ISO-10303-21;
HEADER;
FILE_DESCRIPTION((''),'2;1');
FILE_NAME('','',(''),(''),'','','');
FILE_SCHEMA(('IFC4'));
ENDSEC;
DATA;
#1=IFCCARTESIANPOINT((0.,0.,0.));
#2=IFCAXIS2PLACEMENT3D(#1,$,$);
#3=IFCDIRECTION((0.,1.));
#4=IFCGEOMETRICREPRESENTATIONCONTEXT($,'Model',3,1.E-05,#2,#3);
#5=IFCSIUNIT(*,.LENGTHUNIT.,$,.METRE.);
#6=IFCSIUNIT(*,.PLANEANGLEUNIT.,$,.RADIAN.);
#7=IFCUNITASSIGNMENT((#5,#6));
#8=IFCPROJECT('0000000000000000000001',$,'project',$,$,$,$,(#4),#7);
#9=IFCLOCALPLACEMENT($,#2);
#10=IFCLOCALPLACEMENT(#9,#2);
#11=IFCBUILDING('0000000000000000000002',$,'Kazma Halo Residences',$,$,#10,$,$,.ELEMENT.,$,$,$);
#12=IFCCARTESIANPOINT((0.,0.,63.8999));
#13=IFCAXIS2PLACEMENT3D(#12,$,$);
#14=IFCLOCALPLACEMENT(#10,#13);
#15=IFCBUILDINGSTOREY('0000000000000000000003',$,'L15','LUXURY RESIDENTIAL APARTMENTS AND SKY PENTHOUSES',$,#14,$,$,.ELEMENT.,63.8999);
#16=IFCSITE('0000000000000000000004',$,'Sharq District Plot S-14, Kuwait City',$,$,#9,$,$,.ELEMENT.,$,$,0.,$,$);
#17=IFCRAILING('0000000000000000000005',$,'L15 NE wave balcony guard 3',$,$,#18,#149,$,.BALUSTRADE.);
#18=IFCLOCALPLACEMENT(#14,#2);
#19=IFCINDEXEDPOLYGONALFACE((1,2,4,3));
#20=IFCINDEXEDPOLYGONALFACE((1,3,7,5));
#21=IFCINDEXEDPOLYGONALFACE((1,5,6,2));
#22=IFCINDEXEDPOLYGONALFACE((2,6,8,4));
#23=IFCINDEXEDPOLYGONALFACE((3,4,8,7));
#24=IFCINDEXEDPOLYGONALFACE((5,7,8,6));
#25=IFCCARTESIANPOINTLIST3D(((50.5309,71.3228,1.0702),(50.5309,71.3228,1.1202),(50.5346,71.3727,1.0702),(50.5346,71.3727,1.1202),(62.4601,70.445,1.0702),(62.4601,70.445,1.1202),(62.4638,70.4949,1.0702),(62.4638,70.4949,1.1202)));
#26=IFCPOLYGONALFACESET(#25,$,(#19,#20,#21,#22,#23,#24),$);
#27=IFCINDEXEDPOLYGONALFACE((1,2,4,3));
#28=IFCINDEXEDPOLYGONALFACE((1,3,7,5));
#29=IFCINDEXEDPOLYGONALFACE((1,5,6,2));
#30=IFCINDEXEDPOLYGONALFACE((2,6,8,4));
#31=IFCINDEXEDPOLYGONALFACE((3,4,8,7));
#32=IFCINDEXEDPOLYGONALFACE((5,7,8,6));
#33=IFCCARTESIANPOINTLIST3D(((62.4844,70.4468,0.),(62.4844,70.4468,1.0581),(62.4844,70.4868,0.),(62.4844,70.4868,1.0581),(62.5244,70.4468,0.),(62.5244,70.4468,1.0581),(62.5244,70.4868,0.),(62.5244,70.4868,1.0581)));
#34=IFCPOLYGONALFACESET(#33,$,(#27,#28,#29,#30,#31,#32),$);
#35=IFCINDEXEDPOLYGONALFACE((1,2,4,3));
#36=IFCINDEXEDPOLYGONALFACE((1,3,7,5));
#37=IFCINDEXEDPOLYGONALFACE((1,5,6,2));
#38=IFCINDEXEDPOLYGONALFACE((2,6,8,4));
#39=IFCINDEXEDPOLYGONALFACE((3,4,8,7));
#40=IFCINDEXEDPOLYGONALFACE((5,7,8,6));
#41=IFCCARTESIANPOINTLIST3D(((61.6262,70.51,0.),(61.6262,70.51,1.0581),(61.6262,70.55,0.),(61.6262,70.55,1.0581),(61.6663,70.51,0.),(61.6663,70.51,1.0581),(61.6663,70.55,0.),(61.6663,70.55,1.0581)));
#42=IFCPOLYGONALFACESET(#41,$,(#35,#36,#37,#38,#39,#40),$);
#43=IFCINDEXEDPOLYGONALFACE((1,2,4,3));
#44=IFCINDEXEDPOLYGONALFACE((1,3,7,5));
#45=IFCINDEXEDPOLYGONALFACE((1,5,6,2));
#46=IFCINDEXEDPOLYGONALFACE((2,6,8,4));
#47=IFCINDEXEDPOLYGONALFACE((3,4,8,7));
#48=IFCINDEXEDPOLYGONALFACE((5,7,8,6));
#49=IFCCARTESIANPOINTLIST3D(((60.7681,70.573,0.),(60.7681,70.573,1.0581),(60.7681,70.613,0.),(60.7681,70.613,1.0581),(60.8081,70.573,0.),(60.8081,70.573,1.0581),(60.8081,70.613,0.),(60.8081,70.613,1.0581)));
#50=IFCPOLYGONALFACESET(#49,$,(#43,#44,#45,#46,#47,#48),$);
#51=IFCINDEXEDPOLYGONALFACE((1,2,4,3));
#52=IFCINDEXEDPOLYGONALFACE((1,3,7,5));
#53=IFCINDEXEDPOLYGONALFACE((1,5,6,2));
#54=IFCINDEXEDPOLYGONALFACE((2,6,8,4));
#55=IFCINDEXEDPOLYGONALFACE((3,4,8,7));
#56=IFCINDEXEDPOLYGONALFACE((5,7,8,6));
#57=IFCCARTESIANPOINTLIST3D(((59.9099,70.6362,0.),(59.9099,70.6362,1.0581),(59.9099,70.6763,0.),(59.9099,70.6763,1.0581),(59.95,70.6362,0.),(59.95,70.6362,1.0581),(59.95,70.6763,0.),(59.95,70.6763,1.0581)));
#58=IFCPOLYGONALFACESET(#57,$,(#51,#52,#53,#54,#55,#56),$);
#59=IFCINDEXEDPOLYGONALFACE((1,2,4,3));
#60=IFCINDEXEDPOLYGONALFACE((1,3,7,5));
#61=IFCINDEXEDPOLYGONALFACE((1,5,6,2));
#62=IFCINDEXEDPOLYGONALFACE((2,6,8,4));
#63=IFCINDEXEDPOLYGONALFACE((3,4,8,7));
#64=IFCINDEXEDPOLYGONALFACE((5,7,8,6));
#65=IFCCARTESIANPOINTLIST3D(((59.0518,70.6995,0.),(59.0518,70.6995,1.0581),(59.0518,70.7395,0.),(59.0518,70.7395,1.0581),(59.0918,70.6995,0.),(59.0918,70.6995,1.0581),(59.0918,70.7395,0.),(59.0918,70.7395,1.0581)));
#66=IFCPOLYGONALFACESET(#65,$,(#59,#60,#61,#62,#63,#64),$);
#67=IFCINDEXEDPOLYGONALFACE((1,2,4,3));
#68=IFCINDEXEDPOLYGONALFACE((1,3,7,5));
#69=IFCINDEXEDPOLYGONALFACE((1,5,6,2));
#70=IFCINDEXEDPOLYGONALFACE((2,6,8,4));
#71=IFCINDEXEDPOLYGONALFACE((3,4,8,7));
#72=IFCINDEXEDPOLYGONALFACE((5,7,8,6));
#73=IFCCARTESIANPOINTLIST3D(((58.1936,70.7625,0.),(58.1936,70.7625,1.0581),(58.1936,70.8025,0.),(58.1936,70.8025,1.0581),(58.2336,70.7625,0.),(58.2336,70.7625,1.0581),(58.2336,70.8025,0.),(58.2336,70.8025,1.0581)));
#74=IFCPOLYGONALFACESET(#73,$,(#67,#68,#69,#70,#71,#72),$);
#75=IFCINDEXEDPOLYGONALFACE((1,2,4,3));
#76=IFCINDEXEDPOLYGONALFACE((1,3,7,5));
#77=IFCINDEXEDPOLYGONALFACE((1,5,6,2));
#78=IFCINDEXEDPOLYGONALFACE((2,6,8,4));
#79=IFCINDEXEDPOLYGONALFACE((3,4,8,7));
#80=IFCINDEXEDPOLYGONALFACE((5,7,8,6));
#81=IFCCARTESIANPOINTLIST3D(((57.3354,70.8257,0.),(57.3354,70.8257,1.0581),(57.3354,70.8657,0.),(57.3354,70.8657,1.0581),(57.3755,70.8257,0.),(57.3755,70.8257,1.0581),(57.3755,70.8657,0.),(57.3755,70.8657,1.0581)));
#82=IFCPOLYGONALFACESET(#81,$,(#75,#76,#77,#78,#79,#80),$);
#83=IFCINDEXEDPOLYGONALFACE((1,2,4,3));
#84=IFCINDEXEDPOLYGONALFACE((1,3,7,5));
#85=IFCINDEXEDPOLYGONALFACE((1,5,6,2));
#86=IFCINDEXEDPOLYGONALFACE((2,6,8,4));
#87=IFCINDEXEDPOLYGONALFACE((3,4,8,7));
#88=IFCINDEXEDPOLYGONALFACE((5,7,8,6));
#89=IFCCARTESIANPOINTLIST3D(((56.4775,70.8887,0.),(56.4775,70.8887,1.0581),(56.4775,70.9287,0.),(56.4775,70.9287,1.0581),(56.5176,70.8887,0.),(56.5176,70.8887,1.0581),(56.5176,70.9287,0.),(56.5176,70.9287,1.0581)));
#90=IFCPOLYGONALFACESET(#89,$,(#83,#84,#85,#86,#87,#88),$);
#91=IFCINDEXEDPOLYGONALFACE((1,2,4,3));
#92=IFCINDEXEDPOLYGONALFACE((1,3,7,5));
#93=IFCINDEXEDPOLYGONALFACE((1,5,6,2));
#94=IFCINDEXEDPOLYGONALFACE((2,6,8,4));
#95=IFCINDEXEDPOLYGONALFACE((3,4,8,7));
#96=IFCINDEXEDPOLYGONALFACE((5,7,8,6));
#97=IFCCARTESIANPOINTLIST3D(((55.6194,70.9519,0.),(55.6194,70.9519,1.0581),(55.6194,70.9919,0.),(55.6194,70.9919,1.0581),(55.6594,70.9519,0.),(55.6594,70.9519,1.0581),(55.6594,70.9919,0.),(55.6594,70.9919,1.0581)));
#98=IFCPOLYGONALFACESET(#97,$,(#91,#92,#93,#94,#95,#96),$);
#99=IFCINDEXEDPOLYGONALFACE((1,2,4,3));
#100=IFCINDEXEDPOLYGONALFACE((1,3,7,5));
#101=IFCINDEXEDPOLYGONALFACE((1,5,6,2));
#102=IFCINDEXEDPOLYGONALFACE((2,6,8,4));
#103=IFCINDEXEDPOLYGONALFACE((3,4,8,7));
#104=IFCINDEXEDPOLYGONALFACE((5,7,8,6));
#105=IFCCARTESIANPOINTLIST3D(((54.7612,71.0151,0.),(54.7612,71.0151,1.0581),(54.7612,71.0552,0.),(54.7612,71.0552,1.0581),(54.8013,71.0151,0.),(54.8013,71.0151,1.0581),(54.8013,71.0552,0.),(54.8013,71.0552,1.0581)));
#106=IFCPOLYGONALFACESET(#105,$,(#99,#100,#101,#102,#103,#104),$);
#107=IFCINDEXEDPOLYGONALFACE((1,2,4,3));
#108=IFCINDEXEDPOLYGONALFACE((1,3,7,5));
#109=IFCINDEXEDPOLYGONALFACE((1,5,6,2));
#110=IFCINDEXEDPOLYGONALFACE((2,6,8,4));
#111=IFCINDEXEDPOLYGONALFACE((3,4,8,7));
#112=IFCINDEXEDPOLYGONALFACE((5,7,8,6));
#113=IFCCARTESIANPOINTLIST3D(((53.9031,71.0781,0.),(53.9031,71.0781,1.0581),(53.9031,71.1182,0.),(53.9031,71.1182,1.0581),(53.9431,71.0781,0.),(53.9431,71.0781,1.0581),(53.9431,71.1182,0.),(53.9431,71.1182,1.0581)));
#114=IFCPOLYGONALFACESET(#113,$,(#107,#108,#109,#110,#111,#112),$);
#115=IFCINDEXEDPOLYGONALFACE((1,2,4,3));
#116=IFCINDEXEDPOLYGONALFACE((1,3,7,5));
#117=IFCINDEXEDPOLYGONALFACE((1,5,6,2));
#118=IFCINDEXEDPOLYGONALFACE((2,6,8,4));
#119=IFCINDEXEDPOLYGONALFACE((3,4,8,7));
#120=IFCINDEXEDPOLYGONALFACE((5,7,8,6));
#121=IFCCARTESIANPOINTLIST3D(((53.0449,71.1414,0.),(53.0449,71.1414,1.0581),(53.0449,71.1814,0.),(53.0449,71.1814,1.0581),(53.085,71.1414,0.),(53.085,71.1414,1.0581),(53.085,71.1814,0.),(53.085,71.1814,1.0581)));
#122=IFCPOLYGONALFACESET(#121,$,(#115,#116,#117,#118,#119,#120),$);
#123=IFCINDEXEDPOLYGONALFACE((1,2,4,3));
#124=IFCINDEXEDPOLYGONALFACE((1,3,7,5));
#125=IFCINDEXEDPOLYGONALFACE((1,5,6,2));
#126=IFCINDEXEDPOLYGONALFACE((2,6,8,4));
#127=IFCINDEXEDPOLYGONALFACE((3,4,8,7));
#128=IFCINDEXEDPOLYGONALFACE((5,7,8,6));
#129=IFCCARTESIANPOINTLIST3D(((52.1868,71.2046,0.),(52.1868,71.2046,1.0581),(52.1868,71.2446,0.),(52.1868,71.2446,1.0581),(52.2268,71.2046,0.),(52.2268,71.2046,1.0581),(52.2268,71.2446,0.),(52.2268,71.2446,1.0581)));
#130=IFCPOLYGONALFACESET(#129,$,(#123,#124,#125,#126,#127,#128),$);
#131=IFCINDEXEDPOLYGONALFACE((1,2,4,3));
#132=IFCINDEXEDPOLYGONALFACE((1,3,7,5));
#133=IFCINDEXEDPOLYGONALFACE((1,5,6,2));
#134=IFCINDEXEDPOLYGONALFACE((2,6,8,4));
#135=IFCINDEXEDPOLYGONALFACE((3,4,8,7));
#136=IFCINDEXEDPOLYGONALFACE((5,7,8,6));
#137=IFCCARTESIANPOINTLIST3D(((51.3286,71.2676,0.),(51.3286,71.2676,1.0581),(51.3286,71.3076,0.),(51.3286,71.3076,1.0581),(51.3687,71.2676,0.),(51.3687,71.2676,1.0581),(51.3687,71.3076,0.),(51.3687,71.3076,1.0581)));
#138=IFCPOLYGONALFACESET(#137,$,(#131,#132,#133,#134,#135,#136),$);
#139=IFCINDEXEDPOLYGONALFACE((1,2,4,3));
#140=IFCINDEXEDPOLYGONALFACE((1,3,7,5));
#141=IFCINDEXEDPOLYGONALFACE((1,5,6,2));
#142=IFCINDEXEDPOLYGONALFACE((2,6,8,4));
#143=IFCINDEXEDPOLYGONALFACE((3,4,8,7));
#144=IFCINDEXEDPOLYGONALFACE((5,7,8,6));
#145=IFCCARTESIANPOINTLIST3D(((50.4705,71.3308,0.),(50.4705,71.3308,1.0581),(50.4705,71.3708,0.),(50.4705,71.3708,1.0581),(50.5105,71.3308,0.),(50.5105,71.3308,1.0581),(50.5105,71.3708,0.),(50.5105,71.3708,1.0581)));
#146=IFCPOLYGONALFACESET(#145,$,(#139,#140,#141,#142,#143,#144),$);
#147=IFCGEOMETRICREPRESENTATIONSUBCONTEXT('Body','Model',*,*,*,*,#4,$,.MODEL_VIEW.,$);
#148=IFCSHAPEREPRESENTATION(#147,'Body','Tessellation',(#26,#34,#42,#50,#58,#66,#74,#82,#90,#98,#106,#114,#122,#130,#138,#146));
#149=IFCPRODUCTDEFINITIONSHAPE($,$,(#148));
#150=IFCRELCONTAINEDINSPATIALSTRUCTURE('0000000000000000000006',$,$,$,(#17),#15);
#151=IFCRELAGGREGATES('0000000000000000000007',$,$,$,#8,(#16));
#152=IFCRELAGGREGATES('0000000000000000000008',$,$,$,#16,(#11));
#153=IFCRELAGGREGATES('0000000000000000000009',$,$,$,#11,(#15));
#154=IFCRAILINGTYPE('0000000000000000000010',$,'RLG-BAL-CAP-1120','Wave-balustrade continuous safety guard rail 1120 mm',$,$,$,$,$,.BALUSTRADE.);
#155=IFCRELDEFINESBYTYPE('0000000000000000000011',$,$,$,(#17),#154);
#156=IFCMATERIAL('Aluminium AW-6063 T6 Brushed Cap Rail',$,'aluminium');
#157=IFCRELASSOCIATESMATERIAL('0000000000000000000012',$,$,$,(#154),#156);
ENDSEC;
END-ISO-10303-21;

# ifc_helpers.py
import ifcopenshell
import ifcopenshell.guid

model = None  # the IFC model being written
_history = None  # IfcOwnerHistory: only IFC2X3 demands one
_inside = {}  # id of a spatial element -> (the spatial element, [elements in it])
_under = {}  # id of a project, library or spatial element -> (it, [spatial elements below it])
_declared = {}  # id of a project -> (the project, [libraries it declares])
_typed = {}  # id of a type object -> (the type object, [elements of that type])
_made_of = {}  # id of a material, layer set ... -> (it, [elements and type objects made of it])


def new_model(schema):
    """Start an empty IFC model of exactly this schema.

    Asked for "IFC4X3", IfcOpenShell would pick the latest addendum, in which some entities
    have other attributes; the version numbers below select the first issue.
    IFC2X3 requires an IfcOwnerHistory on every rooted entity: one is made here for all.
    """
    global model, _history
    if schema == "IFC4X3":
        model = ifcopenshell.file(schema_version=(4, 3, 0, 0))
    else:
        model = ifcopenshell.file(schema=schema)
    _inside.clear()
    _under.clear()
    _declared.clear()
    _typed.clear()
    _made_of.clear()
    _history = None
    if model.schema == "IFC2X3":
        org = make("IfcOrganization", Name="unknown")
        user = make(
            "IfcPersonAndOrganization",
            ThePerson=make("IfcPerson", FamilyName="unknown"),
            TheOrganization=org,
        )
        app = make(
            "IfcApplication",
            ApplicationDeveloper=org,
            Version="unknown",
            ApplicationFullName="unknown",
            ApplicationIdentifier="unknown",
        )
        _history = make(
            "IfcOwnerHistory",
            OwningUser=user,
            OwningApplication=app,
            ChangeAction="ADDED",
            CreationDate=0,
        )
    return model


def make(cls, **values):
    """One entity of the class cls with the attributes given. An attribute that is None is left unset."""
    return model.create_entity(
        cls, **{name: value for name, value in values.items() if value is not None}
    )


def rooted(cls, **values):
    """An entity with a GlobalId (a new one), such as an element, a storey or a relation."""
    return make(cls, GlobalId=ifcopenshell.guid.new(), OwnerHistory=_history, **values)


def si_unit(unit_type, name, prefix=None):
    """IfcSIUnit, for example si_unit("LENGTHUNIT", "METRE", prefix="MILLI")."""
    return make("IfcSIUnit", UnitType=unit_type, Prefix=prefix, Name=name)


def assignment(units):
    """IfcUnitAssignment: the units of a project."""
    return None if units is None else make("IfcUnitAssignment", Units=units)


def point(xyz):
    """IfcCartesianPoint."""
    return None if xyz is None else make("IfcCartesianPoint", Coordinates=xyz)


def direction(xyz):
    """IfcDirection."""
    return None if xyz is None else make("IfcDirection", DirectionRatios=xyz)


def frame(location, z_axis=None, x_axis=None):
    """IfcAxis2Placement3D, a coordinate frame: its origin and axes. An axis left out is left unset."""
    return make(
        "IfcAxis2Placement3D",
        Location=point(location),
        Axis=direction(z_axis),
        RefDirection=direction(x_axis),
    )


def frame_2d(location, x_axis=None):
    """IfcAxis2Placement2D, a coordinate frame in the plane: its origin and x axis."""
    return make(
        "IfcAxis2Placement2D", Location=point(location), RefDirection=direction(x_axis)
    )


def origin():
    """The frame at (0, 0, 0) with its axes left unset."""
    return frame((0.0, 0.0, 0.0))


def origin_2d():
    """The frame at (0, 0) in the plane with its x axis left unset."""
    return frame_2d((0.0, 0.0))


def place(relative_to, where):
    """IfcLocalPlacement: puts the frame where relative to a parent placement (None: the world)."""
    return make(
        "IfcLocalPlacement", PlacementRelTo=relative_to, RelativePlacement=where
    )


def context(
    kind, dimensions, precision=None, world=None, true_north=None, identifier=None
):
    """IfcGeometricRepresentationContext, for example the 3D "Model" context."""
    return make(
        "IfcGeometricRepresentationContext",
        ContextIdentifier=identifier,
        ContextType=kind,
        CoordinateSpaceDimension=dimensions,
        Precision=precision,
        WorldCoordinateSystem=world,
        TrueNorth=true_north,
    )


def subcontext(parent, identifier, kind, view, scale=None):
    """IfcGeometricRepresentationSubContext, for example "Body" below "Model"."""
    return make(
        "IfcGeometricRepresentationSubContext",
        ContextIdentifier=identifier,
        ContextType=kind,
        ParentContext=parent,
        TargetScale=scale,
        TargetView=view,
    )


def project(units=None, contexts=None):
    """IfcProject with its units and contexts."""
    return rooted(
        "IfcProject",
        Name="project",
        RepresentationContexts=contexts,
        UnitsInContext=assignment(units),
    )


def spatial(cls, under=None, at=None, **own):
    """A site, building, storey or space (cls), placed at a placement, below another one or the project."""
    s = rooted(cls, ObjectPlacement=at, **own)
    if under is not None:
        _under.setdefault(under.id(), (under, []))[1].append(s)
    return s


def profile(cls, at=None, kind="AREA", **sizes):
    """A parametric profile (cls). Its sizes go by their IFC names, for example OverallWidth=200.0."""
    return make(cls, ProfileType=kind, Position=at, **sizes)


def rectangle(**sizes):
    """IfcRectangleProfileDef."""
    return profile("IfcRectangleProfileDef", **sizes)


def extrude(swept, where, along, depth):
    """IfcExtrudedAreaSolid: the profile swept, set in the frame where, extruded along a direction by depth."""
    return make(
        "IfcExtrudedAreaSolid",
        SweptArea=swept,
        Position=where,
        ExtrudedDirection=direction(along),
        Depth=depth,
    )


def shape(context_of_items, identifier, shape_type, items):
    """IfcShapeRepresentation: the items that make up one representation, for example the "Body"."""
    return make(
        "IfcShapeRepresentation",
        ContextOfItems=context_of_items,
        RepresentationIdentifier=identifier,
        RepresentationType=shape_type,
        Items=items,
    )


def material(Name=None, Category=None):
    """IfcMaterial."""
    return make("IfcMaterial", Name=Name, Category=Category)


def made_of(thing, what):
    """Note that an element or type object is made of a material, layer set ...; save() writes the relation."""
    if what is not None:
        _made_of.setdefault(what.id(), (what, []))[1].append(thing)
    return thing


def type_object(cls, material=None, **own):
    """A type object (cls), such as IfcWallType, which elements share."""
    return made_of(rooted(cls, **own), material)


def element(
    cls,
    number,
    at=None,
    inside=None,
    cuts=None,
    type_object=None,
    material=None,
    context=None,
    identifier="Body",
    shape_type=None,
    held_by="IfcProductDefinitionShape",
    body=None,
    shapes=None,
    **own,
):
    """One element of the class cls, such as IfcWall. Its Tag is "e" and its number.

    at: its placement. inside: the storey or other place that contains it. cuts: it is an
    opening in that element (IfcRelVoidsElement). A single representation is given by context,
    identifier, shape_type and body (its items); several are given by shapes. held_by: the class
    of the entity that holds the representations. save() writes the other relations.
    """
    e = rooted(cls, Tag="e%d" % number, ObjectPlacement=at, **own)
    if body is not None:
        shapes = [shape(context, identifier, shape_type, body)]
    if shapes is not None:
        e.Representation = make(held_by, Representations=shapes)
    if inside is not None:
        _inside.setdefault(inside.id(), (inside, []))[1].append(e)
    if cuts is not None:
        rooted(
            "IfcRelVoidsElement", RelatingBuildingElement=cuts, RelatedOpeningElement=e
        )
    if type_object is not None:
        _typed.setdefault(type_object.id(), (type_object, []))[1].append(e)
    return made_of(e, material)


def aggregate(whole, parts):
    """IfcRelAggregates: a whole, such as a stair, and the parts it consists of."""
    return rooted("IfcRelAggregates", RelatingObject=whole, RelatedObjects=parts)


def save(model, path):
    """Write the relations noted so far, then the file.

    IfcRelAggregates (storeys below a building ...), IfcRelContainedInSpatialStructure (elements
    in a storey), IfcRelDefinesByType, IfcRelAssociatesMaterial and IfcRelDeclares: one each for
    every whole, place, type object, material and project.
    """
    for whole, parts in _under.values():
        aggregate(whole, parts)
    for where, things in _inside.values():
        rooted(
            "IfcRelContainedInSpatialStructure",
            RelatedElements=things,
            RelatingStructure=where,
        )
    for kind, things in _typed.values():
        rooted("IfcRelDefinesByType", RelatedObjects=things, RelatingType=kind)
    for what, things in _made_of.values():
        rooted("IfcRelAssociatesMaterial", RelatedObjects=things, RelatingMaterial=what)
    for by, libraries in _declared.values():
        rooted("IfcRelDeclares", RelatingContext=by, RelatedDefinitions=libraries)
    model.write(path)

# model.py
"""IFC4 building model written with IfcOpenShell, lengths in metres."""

from ifc_helpers import new_model, si_unit, direction, frame, origin, origin_2d, place, context, subcontext, project, spatial, rectangle, extrude, material, type_object, element, save


model = new_model("IFC4")

# Units and contexts
model_context = context("Model", 3, precision=1e-05, world=origin(), true_north=direction((0.0, 1.0)))
body_context = subcontext(model_context, "Body", "Model", "MODEL_VIEW")
ifc_project = project(units=[si_unit("LENGTHUNIT", "METRE"), si_unit("PLANEANGLEUNIT", "RADIAN")], contexts=[model_context])

# Site, building, storey
site_placement = place(None, origin())
site = spatial("IfcSite", under=ifc_project, at=site_placement, Name="Sharq District Plot S-14, Kuwait City", CompositionType="ELEMENT", RefElevation=0.0)
building_placement = place(site_placement, origin())
building = spatial("IfcBuilding", under=site, at=building_placement, Name="Kazma Halo Residences", CompositionType="ELEMENT")
storey_placement = place(building_placement, frame((0.0, 0.0, 63.8999)))
storey = spatial("IfcBuildingStorey", under=building, at=storey_placement, Name="L15", Description="LUXURY RESIDENTIAL APARTMENTS AND SKY PENTHOUSES", CompositionType="ELEMENT", Elevation=63.8999)

# Railing
ifc_material_1 = material(Name="Aluminium AW-6063 T6 Brushed Cap Rail", Category="aluminium")
railing_type = type_object("IfcRailingType", Name="RLG-BAL-CAP-1120", Description="Wave-balustrade continuous safety guard rail 1120 mm", PredefinedType="BALUSTRADE", material=ifc_material_1)
railing_1_placement = place(storey_placement, frame((62.5044, 70.4668, 0.0)))
element("IfcRailing", 1, at=railing_1_placement, inside=storey, type_object=railing_type, Name="L15 NE wave balcony guard 3", PredefinedType="BALUSTRADE", context=body_context, shape_type="SweptSolid", body=[
    extrude(rectangle(XDim=0.05, YDim=0.05, at=origin_2d()), frame((-0.0425, 0.0032, 1.0952), z_axis=(-0.997304, 0.073386, 0.0), x_axis=(-0.073386, -0.997304, 0.0)), (0.0, 0.0, 1.0), 11.9614),
    extrude(rectangle(XDim=0.04, YDim=0.04, at=origin_2d()), origin(), (0.0, 0.0, 1.0), 1.0581),
    extrude(rectangle(XDim=0.04, YDim=0.04, at=origin_2d()), frame((-0.8582, 0.0632, 0.0)), (0.0, 0.0, 1.0), 1.0581),
    extrude(rectangle(XDim=0.04, YDim=0.04, at=origin_2d()), frame((-1.7163, 0.1262, 0.0)), (0.0, 0.0, 1.0), 1.0581),
    extrude(rectangle(XDim=0.04, YDim=0.04, at=origin_2d()), frame((-2.5745, 0.1895, 0.0)), (0.0, 0.0, 1.0), 1.0581),
    extrude(rectangle(XDim=0.04, YDim=0.04, at=origin_2d()), frame((-3.4326, 0.2527, 0.0)), (0.0, 0.0, 1.0), 1.0581),
    extrude(rectangle(XDim=0.04, YDim=0.04, at=origin_2d()), frame((-4.2908, 0.3157, 0.0)), (0.0, 0.0, 1.0), 1.0581),
    extrude(rectangle(XDim=0.04, YDim=0.04, at=origin_2d()), frame((-5.1489, 0.3789, 0.0)), (0.0, 0.0, 1.0), 1.0581),
    extrude(rectangle(XDim=0.04, YDim=0.04, at=origin_2d()), frame((-6.0068, 0.4419, 0.0)), (0.0, 0.0, 1.0), 1.0581),
    extrude(rectangle(XDim=0.04, YDim=0.04, at=origin_2d()), frame((-6.865, 0.5051, 0.0)), (0.0, 0.0, 1.0), 1.0581),
    extrude(rectangle(XDim=0.04, YDim=0.04, at=origin_2d()), frame((-7.7231, 0.5684, 0.0)), (0.0, 0.0, 1.0), 1.0581),
    extrude(rectangle(XDim=0.04, YDim=0.04, at=origin_2d()), frame((-8.5813, 0.6313, 0.0)), (0.0, 0.0, 1.0), 1.0581),
    extrude(rectangle(XDim=0.04, YDim=0.04, at=origin_2d()), frame((-9.4395, 0.6946, 0.0)), (0.0, 0.0, 1.0), 1.0581),
    extrude(rectangle(XDim=0.04, YDim=0.04, at=origin_2d()), frame((-10.2976, 0.7578, 0.0)), (0.0, 0.0, 1.0), 1.0581),
    extrude(rectangle(XDim=0.04, YDim=0.04, at=origin_2d()), frame((-11.1558, 0.8208, 0.0)), (0.0, 0.0, 1.0), 1.0581),
    extrude(rectangle(XDim=0.04, YDim=0.04, at=origin_2d()), frame((-12.0139, 0.884, 0.0)), (0.0, 0.0, 1.0), 1.0581),
])

save(model, "model.ifc")
